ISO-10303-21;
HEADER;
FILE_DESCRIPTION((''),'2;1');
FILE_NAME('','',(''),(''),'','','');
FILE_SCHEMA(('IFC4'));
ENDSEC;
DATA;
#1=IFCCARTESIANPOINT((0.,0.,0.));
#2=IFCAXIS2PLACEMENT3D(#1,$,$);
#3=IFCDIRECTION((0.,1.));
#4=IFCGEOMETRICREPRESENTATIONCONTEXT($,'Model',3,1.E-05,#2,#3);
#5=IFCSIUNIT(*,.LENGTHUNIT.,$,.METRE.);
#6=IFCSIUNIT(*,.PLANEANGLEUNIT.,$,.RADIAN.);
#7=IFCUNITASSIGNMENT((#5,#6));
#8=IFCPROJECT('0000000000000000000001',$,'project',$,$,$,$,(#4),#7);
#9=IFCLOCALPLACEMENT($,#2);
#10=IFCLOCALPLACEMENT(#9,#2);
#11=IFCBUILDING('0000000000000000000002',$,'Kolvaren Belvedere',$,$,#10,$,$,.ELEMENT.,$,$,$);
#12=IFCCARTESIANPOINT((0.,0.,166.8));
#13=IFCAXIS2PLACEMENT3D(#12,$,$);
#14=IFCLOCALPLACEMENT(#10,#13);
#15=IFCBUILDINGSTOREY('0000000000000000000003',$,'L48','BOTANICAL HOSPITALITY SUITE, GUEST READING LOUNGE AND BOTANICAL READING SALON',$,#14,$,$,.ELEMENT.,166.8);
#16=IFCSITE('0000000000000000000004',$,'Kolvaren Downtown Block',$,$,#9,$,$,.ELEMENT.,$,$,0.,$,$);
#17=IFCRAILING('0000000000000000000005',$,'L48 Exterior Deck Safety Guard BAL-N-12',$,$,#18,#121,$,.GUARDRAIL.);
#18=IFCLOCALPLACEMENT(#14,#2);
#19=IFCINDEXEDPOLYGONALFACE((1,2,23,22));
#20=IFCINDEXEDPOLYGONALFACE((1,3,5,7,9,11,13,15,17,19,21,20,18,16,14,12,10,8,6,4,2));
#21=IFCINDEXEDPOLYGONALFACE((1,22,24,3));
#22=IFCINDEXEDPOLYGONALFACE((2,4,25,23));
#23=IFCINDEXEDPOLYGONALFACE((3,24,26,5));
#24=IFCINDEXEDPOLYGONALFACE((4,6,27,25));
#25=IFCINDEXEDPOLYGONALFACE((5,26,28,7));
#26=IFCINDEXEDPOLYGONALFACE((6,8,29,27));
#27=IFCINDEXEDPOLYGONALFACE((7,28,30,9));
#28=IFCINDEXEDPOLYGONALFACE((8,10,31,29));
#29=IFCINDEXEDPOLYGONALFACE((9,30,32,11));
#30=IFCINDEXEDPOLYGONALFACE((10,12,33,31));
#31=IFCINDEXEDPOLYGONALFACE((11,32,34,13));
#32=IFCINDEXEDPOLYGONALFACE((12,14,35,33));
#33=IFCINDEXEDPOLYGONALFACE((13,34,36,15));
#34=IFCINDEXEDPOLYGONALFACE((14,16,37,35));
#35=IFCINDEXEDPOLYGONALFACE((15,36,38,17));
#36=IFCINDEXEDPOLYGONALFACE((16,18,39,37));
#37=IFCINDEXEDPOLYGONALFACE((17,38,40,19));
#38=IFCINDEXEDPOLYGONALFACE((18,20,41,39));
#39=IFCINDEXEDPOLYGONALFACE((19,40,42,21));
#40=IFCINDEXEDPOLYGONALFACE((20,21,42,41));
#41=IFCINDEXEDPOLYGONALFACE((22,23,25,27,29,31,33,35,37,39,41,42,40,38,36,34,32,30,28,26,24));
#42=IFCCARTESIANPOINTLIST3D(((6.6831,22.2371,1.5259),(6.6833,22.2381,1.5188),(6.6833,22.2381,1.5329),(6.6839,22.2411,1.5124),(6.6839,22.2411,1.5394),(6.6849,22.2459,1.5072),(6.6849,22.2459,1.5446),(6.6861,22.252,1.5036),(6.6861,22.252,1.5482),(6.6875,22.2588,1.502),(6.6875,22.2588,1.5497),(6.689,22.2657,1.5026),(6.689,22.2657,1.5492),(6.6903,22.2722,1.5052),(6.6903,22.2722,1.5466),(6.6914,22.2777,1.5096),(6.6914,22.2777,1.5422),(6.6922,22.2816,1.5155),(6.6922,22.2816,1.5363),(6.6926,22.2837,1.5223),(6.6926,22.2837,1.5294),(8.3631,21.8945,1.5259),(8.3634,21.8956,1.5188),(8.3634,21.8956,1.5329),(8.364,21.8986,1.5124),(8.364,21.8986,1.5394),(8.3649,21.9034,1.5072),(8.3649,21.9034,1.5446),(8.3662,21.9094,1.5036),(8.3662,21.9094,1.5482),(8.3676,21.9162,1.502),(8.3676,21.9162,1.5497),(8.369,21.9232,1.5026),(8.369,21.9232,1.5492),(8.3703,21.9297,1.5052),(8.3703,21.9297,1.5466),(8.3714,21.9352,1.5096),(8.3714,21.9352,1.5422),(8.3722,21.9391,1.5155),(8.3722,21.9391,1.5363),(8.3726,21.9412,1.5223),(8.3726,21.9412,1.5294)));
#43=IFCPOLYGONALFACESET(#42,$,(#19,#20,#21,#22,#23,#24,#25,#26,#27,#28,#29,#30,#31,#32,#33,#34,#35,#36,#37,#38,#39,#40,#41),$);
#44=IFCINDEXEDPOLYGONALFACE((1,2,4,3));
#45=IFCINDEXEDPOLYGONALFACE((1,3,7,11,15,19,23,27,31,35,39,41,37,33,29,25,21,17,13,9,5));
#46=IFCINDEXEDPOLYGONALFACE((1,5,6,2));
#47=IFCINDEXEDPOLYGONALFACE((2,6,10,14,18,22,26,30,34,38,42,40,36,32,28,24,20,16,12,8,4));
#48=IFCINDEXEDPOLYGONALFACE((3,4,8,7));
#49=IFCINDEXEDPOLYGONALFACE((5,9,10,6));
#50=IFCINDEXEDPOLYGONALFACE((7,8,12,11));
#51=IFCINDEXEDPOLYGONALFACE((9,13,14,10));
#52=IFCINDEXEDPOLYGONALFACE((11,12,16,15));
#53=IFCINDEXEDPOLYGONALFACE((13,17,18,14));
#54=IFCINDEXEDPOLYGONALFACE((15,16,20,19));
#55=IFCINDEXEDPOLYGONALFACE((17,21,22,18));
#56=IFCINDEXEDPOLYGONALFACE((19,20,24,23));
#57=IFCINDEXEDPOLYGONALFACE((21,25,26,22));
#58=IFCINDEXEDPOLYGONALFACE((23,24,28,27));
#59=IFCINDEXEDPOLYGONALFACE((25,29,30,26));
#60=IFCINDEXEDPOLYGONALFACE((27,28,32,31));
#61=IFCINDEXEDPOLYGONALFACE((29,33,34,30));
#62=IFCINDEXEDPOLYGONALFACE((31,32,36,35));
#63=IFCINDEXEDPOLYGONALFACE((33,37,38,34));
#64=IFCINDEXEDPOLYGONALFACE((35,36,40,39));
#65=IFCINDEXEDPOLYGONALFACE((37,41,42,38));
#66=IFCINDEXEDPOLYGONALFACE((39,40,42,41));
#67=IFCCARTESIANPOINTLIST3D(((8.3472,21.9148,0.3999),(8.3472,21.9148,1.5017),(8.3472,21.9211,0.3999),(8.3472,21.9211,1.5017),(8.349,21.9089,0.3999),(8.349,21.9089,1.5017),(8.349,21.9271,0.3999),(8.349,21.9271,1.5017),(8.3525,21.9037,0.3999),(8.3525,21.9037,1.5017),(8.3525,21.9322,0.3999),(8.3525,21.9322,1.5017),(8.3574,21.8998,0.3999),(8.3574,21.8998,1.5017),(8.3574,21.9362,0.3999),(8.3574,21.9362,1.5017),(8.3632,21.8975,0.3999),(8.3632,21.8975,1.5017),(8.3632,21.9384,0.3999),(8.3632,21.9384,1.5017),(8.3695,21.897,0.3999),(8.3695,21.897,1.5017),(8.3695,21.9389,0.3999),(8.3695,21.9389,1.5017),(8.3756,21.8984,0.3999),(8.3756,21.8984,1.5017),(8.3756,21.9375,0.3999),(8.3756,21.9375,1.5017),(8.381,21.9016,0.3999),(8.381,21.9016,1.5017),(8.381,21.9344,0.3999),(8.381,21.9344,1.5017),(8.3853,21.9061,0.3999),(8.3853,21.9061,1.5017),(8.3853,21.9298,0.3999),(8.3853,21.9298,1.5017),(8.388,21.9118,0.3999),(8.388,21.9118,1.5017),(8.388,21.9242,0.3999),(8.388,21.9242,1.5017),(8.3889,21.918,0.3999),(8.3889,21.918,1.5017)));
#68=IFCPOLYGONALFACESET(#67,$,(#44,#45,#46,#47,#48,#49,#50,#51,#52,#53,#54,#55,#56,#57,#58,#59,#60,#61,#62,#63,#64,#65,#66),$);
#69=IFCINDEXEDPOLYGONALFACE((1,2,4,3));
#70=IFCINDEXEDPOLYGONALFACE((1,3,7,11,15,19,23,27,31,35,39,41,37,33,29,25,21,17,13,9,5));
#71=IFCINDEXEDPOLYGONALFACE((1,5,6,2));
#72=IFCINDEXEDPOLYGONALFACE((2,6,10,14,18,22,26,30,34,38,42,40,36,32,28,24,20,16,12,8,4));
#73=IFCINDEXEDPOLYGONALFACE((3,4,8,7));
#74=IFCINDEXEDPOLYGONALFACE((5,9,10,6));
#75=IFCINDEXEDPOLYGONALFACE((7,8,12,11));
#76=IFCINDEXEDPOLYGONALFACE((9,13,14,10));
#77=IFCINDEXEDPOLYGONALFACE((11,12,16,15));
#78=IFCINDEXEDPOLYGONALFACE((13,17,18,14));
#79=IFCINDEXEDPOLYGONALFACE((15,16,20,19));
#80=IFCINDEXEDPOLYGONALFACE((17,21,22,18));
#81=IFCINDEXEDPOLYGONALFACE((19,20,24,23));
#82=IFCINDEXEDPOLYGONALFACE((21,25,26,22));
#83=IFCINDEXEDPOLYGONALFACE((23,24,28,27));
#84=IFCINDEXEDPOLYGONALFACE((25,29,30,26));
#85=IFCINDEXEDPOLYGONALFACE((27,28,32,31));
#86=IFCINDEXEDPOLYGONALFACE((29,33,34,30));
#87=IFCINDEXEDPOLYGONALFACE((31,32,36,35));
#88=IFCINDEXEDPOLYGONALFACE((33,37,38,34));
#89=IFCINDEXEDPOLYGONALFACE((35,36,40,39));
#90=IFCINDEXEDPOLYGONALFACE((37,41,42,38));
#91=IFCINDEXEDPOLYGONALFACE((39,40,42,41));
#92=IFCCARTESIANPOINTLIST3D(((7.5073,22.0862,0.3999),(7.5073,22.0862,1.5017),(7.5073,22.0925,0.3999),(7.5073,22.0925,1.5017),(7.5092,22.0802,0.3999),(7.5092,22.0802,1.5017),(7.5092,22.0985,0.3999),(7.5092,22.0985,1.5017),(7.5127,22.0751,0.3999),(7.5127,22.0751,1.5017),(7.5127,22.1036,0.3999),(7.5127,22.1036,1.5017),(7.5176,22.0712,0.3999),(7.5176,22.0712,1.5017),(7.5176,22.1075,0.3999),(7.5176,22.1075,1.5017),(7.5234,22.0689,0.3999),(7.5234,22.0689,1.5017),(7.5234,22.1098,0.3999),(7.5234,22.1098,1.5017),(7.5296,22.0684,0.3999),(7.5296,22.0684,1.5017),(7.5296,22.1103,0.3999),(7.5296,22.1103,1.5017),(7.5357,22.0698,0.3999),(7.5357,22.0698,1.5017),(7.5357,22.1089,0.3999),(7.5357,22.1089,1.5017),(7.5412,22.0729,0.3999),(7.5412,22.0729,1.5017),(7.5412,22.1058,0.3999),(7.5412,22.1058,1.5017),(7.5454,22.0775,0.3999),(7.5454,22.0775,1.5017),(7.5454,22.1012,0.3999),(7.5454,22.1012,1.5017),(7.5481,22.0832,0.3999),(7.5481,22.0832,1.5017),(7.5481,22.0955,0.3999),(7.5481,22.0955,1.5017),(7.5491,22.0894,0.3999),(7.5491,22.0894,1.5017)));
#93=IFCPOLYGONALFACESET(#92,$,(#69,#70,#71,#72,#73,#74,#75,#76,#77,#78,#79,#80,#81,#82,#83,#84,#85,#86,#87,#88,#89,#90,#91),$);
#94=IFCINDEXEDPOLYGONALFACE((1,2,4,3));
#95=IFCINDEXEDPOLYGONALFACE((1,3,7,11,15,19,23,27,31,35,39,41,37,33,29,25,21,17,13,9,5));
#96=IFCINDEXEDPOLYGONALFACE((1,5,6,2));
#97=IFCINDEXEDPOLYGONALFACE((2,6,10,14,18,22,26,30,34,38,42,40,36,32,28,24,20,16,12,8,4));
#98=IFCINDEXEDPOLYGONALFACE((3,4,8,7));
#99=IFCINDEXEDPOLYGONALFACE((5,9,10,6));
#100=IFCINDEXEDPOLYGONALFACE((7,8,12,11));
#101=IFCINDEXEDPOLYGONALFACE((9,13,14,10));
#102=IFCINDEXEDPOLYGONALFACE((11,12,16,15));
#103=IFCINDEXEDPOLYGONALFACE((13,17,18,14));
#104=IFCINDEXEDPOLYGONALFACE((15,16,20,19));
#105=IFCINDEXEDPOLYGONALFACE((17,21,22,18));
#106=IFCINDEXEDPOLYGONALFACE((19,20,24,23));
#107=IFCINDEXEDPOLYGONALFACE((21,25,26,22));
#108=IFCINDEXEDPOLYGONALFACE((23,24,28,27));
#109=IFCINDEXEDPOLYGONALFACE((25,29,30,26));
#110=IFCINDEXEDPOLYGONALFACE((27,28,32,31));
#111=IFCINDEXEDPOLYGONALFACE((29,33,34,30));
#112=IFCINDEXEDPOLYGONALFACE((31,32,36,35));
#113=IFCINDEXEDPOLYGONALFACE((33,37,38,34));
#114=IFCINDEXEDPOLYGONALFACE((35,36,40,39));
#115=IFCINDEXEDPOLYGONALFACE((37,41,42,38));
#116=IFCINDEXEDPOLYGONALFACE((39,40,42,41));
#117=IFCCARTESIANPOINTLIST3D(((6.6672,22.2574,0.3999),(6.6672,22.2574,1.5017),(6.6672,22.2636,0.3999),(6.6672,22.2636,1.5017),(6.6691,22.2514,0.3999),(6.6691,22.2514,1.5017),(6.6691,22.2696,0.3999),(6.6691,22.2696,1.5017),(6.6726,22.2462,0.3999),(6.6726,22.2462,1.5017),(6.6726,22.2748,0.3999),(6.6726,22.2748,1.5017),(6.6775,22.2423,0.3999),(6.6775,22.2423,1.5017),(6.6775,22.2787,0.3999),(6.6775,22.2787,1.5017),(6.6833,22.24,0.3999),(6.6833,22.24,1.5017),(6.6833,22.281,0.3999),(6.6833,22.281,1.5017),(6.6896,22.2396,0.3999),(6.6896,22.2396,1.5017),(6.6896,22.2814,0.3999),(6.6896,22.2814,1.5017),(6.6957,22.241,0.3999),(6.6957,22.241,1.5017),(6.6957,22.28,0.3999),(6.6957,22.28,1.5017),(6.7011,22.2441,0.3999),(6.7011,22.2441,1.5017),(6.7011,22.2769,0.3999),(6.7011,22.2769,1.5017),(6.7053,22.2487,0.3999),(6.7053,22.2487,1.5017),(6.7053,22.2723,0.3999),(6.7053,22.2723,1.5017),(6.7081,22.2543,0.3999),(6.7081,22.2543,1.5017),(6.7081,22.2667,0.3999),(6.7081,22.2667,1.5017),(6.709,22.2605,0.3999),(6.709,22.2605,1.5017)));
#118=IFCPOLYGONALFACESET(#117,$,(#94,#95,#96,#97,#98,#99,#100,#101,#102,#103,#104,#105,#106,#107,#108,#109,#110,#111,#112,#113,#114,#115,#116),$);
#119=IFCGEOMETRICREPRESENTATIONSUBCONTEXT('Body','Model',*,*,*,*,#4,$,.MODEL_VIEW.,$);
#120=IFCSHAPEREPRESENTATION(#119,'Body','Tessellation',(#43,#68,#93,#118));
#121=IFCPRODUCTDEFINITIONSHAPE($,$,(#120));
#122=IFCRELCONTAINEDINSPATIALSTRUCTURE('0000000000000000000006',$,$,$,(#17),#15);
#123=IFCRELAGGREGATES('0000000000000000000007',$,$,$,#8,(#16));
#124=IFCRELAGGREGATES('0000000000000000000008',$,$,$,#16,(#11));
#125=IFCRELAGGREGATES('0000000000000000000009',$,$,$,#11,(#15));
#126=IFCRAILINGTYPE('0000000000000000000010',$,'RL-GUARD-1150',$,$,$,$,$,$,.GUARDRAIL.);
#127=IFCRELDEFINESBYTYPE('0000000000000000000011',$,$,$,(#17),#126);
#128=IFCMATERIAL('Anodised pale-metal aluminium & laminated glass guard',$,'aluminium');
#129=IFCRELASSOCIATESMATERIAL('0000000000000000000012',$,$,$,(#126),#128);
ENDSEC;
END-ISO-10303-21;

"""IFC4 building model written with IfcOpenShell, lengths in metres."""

from ifc_helpers import new_model, si_unit, direction, frame, origin, origin_2d, place, context, subcontext, project, spatial, circle, extrude, material, type_object, element, save


model = new_model("IFC4")

# Units and contexts
model_context = context("Model", 3, precision=1e-05, world=origin(), true_north=direction((0.0, 1.0)))
body_context = subcontext(model_context, "Body", "Model", "MODEL_VIEW")
ifc_project = project(units=[si_unit("LENGTHUNIT", "METRE"), si_unit("PLANEANGLEUNIT", "RADIAN")], contexts=[model_context])

# Site, building, storey
site_placement = place(None, origin())
site = spatial("IfcSite", under=ifc_project, at=site_placement, Name="Kolvaren Downtown Block", CompositionType="ELEMENT", RefElevation=0.0)
building_placement = place(site_placement, origin())
building = spatial("IfcBuilding", under=site, at=building_placement, Name="Kolvaren Belvedere", CompositionType="ELEMENT")
storey_placement = place(building_placement, frame((0.0, 0.0, 166.8)))
storey = spatial("IfcBuildingStorey", under=building, at=storey_placement, Name="L48", Description="BOTANICAL HOSPITALITY SUITE, GUEST READING LOUNGE AND BOTANICAL READING SALON", CompositionType="ELEMENT", Elevation=166.8)

# Railing
ifc_material_1 = material(Name="Anodised pale-metal aluminium & laminated glass guard", Category="aluminium")
railing_type = type_object("IfcRailingType", Name="RL-GUARD-1150", PredefinedType="GUARDRAIL", material=ifc_material_1)
railing_1_placement = place(storey_placement, frame((8.3679, 21.918, 0.3999)))
element("IfcRailing", 1, at=railing_1_placement, inside=storey, type_object=railing_type, Name="L48 Exterior Deck Safety Guard BAL-N-12", PredefinedType="GUARDRAIL", context=body_context, shape_type="SweptSolid", body=[
    extrude(circle(Radius=0.0239, at=origin_2d()), frame((0.0, 0.0, 1.126), z_axis=(-0.97984, 0.199784, 0.0), x_axis=(-0.199784, -0.97984, 0.0)), (0.0, 0.0, 1.0), 1.7146),
    extrude(circle(Radius=0.021, at=origin_2d()), origin(), (0.0, 0.0, 1.0), 1.1018),
    extrude(circle(Radius=0.021, at=origin_2d()), frame((-0.8398, 0.1714, 0.0)), (0.0, 0.0, 1.0), 1.1018),
    extrude(circle(Radius=0.021, at=origin_2d()), frame((-1.6799, 0.3425, 0.0)), (0.0, 0.0, 1.0), 1.1018),
])

save(model, "model.ifc")
